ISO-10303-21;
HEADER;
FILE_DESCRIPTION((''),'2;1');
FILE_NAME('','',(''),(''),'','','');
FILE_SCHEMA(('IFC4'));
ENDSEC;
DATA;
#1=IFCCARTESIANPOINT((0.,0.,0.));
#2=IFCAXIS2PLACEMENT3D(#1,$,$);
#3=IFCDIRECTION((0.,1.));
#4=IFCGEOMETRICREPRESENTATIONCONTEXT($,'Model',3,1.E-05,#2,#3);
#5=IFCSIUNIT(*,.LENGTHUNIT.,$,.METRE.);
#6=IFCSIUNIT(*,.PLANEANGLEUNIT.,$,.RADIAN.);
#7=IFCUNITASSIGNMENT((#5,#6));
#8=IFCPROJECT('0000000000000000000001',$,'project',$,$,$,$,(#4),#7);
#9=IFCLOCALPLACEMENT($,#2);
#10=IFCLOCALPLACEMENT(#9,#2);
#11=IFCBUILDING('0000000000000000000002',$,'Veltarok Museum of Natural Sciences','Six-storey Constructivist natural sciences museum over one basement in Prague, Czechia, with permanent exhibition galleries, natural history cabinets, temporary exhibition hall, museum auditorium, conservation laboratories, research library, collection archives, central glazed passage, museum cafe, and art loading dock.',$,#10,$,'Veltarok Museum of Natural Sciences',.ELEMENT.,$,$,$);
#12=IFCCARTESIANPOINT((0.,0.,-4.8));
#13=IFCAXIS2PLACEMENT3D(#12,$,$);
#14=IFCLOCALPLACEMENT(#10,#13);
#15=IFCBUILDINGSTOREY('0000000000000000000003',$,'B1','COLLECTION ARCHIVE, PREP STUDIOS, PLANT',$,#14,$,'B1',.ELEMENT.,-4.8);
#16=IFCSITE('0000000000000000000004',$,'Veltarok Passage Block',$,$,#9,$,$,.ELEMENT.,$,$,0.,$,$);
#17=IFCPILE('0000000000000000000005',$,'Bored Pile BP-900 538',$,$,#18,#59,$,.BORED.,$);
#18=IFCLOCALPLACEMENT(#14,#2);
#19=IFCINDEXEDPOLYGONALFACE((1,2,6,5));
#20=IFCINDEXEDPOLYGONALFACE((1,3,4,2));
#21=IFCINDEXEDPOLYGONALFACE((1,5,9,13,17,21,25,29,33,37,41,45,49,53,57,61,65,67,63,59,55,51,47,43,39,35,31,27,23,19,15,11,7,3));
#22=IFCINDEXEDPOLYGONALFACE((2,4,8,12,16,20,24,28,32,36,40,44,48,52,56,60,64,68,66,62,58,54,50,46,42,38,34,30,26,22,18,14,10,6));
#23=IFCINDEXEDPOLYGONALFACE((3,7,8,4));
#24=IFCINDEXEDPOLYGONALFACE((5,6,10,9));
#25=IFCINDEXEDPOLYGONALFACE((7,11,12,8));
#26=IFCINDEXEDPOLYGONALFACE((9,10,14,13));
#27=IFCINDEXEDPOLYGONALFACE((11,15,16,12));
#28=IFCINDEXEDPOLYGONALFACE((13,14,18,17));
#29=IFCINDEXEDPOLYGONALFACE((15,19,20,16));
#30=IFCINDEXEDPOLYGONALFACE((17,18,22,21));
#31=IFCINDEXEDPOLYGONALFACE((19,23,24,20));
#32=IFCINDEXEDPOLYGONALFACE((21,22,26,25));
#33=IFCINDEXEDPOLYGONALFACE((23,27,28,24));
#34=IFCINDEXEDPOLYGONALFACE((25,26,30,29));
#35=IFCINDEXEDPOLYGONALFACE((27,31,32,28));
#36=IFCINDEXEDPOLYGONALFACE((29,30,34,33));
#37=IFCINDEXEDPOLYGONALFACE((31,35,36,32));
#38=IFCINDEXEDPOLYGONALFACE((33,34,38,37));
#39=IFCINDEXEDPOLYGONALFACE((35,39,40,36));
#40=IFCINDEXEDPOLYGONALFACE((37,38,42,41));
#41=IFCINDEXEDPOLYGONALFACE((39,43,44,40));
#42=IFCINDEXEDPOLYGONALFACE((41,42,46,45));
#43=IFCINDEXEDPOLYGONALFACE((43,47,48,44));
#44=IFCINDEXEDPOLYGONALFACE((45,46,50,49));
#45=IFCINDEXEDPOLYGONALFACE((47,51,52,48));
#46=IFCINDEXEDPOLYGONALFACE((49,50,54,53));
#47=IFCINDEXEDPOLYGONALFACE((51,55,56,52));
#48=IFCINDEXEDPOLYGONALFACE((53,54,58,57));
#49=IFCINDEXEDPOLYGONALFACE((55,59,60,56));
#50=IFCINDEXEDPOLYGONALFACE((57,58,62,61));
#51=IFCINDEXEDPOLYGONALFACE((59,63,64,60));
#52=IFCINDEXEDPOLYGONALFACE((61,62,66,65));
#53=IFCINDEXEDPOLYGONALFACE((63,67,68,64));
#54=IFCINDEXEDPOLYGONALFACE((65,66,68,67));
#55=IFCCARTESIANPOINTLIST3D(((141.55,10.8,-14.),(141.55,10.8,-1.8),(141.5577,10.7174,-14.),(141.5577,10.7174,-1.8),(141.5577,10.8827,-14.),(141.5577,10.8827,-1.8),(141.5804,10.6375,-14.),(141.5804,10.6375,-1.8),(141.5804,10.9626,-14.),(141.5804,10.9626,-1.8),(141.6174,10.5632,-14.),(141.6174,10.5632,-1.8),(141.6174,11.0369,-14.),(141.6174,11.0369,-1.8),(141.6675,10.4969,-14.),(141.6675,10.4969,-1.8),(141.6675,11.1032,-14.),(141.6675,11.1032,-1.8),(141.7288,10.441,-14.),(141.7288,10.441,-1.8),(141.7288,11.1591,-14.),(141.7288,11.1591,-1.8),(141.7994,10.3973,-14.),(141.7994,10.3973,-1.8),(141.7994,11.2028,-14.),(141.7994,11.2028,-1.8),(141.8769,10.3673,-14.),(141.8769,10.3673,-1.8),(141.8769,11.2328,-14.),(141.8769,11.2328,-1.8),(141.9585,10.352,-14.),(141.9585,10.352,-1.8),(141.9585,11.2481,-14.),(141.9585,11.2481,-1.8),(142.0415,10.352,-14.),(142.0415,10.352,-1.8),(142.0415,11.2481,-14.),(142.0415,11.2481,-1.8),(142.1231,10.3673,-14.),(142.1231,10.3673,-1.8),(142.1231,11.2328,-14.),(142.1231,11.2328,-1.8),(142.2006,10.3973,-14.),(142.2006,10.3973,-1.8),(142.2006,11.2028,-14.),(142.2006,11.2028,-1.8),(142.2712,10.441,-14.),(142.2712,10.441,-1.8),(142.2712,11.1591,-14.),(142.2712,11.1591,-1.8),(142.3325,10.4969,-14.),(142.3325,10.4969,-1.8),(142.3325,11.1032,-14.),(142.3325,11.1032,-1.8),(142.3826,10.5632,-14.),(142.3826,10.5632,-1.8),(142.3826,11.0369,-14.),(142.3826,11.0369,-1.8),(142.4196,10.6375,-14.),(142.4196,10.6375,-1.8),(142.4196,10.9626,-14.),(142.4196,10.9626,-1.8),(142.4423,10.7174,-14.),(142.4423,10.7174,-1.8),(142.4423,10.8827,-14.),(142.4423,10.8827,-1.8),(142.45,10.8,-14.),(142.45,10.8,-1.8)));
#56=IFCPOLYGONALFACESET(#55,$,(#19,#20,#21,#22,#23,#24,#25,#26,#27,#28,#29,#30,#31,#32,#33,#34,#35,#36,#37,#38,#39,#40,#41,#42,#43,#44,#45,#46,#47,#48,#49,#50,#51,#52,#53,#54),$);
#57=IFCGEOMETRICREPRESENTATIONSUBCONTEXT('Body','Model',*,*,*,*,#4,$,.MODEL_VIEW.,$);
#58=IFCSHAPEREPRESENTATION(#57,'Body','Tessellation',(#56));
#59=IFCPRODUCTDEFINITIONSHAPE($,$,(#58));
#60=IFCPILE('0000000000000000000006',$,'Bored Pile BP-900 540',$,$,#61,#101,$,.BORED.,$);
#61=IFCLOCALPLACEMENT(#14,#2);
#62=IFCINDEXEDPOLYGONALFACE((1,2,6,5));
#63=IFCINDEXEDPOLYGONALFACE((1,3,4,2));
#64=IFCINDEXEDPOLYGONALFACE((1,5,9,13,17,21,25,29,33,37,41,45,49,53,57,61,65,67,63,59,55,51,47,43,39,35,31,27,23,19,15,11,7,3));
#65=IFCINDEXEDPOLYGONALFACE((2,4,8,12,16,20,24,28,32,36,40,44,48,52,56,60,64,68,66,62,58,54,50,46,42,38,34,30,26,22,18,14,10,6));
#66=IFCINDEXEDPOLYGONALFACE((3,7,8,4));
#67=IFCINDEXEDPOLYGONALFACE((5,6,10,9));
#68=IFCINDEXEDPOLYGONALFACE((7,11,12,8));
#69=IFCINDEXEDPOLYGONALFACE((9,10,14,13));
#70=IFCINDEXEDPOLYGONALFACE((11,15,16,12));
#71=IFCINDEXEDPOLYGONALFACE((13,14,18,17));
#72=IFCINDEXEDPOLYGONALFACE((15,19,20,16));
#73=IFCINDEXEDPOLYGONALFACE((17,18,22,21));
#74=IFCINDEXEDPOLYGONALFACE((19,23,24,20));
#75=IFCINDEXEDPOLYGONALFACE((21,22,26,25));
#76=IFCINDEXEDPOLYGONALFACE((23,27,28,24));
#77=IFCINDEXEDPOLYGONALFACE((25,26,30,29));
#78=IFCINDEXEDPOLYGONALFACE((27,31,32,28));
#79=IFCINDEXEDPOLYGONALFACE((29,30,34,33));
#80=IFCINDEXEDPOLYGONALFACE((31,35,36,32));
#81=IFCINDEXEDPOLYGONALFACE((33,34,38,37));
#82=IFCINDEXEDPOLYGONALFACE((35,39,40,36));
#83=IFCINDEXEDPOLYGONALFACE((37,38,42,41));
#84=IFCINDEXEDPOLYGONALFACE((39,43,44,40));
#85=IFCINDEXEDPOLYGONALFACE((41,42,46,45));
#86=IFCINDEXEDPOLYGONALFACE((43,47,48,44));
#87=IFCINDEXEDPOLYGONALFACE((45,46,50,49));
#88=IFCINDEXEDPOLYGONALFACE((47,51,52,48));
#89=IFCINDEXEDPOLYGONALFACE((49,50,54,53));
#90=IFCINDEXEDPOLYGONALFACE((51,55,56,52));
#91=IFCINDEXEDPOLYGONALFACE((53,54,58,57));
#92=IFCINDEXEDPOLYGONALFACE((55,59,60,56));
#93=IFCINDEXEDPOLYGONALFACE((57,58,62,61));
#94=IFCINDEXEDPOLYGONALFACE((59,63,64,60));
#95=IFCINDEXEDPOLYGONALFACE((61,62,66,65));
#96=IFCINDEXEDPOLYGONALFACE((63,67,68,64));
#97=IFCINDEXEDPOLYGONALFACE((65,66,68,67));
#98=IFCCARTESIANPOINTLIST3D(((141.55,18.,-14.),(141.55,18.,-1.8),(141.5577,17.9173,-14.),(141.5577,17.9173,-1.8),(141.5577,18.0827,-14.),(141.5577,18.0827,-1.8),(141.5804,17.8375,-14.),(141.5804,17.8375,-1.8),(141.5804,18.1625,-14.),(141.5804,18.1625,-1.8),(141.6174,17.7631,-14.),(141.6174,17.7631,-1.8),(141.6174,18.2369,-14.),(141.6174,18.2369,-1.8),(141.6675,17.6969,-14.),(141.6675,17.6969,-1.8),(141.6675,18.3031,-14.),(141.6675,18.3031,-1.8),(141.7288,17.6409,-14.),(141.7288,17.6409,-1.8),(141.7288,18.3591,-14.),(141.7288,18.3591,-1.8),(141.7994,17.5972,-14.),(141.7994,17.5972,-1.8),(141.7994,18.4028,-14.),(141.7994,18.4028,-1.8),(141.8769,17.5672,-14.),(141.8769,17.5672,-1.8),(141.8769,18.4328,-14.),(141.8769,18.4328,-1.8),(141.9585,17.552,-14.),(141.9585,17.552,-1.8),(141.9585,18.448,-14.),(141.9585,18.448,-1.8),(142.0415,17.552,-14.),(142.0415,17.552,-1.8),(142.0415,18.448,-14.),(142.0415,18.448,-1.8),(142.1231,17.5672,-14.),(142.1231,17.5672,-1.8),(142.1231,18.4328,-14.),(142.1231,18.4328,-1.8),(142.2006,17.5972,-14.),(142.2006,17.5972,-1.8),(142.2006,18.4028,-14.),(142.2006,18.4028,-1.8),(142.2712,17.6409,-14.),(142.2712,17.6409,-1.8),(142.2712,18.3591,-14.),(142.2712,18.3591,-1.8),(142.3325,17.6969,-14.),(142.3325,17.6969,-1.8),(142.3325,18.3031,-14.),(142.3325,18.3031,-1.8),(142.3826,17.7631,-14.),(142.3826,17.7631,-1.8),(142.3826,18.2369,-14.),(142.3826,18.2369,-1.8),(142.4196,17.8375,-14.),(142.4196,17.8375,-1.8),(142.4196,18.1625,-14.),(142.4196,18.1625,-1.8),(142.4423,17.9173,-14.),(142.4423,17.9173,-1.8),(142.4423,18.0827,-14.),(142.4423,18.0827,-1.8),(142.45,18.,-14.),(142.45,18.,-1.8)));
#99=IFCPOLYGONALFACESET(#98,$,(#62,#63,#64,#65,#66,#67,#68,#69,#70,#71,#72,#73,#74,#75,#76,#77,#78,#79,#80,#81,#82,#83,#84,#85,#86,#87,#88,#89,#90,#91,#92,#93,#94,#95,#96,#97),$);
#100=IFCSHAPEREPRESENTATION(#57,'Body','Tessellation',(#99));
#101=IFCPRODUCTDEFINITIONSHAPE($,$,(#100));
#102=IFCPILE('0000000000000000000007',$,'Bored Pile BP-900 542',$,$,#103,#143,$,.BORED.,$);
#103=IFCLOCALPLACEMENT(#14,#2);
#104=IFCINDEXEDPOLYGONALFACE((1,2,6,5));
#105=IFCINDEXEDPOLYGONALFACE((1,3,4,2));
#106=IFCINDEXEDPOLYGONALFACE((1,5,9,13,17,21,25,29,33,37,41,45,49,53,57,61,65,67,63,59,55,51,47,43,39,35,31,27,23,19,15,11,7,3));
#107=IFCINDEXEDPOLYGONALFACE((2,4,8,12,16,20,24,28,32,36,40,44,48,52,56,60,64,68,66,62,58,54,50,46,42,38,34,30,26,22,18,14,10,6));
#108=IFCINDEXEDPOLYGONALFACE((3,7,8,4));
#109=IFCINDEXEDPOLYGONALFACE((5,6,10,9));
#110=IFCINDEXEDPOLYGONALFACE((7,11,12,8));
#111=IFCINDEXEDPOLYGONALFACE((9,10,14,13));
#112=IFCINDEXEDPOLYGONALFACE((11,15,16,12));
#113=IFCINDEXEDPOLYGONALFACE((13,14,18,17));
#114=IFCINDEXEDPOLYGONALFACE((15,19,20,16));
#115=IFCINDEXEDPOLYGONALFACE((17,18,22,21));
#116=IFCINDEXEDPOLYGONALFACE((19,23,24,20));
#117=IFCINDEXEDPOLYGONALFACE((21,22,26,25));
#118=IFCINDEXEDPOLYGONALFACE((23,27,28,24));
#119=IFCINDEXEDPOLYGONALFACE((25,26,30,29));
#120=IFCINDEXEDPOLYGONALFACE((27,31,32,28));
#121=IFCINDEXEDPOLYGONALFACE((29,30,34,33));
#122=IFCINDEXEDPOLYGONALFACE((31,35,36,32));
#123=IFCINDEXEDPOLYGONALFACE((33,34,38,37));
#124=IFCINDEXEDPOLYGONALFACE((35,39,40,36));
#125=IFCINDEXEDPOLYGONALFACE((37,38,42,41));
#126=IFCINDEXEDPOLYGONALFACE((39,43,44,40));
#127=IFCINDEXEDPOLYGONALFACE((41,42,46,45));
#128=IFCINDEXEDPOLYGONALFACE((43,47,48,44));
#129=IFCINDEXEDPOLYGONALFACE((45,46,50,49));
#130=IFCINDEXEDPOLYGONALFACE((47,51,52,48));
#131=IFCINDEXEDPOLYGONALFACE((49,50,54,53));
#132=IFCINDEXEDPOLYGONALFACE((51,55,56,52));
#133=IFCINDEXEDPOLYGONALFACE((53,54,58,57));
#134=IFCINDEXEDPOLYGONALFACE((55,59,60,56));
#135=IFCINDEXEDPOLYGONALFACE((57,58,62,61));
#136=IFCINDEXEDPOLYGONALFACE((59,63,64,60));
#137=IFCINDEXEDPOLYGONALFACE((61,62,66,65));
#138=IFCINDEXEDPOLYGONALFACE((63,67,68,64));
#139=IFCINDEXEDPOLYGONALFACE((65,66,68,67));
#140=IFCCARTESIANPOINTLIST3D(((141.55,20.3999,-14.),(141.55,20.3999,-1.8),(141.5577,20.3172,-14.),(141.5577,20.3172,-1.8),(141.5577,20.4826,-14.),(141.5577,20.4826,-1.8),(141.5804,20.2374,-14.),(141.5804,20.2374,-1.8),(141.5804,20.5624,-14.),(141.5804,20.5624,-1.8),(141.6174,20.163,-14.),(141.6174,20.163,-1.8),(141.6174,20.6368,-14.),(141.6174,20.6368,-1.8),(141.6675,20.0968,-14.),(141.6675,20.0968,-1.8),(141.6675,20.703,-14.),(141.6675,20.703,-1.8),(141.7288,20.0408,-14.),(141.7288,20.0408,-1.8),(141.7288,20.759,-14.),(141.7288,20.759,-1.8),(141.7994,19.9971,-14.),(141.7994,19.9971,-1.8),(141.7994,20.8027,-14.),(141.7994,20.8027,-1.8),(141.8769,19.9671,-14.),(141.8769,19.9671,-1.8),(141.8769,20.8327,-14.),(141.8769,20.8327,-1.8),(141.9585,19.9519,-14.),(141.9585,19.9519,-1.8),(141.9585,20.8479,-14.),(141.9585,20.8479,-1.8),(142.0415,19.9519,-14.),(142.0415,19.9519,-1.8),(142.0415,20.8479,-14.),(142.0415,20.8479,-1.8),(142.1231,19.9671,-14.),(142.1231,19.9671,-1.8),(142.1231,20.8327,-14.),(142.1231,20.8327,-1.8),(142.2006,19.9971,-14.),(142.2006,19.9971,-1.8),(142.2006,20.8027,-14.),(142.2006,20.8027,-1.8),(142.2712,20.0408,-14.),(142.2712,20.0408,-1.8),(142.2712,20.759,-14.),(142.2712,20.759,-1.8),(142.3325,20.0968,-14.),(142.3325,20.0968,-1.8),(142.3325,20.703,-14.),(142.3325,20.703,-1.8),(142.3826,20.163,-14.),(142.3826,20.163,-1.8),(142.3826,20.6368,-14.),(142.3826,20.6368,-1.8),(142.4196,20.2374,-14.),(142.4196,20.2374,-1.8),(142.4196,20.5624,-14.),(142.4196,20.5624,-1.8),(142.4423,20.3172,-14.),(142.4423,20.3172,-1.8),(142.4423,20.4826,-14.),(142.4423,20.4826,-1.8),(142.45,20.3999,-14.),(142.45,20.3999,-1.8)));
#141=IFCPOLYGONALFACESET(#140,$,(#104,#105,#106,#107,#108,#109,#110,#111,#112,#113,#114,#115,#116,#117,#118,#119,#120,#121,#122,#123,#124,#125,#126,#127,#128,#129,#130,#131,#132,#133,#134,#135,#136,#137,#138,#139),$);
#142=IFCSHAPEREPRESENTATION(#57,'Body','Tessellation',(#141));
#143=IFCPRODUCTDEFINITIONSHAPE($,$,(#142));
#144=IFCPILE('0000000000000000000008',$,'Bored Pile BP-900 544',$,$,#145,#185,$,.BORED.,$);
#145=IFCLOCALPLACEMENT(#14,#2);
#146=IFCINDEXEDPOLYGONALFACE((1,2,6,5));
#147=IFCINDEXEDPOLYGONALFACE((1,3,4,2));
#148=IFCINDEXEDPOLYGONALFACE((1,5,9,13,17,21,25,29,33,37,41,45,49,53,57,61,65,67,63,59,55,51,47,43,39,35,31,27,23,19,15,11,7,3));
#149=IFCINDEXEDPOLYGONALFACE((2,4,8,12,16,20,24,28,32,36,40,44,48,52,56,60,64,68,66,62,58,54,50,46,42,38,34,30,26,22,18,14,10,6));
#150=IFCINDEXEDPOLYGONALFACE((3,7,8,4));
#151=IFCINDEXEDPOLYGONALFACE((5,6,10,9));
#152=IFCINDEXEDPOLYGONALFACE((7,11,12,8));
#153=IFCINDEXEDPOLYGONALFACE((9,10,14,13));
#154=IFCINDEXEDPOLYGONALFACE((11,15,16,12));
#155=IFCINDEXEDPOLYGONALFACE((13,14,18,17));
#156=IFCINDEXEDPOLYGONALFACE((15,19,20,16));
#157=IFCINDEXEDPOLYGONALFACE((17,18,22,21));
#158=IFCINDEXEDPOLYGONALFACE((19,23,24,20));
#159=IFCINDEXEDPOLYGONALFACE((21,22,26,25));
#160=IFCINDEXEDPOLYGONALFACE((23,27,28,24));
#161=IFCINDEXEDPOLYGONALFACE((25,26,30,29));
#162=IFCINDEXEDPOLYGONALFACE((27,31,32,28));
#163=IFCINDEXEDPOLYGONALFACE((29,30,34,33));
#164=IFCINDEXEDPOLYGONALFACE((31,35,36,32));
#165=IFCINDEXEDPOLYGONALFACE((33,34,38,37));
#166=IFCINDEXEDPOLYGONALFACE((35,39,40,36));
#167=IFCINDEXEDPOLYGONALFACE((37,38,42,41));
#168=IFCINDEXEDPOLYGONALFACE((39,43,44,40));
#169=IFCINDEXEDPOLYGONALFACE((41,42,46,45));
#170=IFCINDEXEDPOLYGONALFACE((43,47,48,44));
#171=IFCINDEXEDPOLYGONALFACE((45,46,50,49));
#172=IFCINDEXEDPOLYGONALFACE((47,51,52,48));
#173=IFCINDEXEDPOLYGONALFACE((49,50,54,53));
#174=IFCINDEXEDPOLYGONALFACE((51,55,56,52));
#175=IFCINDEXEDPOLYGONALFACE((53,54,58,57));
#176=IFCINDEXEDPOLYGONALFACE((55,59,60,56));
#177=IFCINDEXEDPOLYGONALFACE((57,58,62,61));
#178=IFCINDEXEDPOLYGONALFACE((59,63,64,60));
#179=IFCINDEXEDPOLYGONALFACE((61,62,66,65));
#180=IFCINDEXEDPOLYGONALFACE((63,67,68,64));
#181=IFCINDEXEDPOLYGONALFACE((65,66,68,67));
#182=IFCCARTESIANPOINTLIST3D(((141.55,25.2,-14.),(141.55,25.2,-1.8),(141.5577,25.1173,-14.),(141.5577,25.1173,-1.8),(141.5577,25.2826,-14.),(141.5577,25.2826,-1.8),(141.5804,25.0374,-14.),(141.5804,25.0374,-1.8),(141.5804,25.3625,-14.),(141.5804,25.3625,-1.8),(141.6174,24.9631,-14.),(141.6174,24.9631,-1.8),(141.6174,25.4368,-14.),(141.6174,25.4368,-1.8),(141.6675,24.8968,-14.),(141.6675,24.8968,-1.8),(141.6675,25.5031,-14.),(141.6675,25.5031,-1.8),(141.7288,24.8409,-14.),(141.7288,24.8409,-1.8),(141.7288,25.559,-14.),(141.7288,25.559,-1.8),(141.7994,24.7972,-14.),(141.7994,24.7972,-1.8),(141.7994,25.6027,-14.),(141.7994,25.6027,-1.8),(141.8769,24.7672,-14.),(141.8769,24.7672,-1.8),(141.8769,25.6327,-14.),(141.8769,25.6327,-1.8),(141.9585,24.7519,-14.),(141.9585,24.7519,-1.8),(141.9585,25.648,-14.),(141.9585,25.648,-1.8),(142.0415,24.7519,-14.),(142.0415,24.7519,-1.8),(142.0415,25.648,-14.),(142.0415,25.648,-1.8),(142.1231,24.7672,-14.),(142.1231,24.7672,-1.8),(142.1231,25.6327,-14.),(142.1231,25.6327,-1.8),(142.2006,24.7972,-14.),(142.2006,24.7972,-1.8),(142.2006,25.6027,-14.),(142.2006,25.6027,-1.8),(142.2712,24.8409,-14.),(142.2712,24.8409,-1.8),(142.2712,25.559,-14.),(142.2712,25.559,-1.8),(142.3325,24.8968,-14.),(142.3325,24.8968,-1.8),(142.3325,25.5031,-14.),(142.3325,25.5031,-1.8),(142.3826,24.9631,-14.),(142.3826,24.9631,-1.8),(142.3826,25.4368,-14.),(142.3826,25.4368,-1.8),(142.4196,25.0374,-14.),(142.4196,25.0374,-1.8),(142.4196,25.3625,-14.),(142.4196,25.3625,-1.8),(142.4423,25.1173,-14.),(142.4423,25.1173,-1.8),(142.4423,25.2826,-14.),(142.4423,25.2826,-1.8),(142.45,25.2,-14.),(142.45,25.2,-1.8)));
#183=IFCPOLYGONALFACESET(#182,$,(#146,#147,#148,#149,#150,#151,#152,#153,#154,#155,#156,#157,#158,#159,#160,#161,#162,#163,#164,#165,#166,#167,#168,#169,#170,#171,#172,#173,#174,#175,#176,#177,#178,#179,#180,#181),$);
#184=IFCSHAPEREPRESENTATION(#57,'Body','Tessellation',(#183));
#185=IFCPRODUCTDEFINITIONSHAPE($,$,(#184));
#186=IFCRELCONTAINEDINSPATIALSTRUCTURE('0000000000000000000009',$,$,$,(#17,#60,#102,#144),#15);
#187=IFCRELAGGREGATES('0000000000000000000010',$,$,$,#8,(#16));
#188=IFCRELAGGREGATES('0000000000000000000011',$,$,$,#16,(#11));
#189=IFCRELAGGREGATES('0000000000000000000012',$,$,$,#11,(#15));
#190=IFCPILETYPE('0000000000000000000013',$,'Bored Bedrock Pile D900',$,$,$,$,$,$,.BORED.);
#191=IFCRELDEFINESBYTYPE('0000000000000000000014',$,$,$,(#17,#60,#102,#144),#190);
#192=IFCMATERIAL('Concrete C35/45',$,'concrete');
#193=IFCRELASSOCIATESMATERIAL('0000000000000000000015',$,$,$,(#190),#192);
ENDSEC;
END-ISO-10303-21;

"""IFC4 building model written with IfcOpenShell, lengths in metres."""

from ifc_helpers import new_model, si_unit, direction, frame, origin, origin_2d, place, context, subcontext, project, spatial, circle, extrude, material, material_profile, profile_set, type_object, element, save


model = new_model("IFC4")

# Units and contexts
model_context = context("Model", 3, precision=1e-05, world=origin(), true_north=direction((0.0, 1.0)))
body_context = subcontext(model_context, "Body", "Model", "MODEL_VIEW")
ifc_project = project(units=[si_unit("LENGTHUNIT", "METRE"), si_unit("PLANEANGLEUNIT", "RADIAN")], contexts=[model_context])

# Site, building, storey
site_placement = place(None, origin())
site = spatial("IfcSite", under=ifc_project, at=site_placement, Name="Veltarok Passage Block", CompositionType="ELEMENT", RefElevation=0.0)
building_placement = place(site_placement, origin())
building = spatial("IfcBuilding", under=site, at=building_placement, Name="Veltarok Museum of Natural Sciences", Description="Six-storey Constructivist natural sciences museum over one basement in Prague, Czechia, with permanent exhibition galleries, natural history cabinets, temporary exhibition hall, museum auditorium, conservation laboratories, research library, collection archives, central glazed passage, museum cafe, and art loading dock.", LongName="Veltarok Museum of Natural Sciences", CompositionType="ELEMENT")
storey_placement = place(building_placement, frame((0.0, 0.0, -4.8)))
storey = spatial("IfcBuildingStorey", under=building, at=storey_placement, Name="B1", Description="COLLECTION ARCHIVE, PREP STUDIOS, PLANT", LongName="B1", CompositionType="ELEMENT", Elevation=-4.8)

# Piles
ifc_material_1 = material(Name="Concrete C35/45", Category="concrete")
ifc_material_profile_1 = material_profile(ifc_material_1, circle(Radius=0.45, at=origin_2d()), Name="BP D900")
ifc_profile_set_1 = profile_set([ifc_material_profile_1], Name="Concrete C35/45")
pile_type = type_object("IfcPileType", Name="Bored Bedrock Pile D900", PredefinedType="BORED", material=ifc_profile_set_1)
for number, where, z_axis, x_axis, name in (
    (1, (142.0, 10.8, -1.8), (0.0, 0.0, -1.0), (1.0, 0.0, 0.0), "Bored Pile BP-900 538"),
    (2, (142.0, 18.0, -1.8), (0.0, 0.0, -1.0), (1.0, 0.0, 0.0), "Bored Pile BP-900 540"),
    (3, (142.0, 20.3999, -1.8), (0.0, 0.0, -1.0), (1.0, 0.0, 0.0), "Bored Pile BP-900 542"),
    (4, (142.0, 25.2, -1.8), (0.0, 0.0, -1.0), (1.0, 0.0, 0.0), "Bored Pile BP-900 544"),
):
    element("IfcPile", number, at=place(storey_placement, frame(where, z_axis=z_axis, x_axis=x_axis)), inside=storey, type_object=pile_type, Name=name, PredefinedType="BORED", context=body_context, shape_type="SweptSolid", body=[
        extrude(circle(Radius=0.45, at=origin_2d()), origin(), (0.0, 0.0, 1.0), 12.2),
    ])

save(model, "model.ifc")
